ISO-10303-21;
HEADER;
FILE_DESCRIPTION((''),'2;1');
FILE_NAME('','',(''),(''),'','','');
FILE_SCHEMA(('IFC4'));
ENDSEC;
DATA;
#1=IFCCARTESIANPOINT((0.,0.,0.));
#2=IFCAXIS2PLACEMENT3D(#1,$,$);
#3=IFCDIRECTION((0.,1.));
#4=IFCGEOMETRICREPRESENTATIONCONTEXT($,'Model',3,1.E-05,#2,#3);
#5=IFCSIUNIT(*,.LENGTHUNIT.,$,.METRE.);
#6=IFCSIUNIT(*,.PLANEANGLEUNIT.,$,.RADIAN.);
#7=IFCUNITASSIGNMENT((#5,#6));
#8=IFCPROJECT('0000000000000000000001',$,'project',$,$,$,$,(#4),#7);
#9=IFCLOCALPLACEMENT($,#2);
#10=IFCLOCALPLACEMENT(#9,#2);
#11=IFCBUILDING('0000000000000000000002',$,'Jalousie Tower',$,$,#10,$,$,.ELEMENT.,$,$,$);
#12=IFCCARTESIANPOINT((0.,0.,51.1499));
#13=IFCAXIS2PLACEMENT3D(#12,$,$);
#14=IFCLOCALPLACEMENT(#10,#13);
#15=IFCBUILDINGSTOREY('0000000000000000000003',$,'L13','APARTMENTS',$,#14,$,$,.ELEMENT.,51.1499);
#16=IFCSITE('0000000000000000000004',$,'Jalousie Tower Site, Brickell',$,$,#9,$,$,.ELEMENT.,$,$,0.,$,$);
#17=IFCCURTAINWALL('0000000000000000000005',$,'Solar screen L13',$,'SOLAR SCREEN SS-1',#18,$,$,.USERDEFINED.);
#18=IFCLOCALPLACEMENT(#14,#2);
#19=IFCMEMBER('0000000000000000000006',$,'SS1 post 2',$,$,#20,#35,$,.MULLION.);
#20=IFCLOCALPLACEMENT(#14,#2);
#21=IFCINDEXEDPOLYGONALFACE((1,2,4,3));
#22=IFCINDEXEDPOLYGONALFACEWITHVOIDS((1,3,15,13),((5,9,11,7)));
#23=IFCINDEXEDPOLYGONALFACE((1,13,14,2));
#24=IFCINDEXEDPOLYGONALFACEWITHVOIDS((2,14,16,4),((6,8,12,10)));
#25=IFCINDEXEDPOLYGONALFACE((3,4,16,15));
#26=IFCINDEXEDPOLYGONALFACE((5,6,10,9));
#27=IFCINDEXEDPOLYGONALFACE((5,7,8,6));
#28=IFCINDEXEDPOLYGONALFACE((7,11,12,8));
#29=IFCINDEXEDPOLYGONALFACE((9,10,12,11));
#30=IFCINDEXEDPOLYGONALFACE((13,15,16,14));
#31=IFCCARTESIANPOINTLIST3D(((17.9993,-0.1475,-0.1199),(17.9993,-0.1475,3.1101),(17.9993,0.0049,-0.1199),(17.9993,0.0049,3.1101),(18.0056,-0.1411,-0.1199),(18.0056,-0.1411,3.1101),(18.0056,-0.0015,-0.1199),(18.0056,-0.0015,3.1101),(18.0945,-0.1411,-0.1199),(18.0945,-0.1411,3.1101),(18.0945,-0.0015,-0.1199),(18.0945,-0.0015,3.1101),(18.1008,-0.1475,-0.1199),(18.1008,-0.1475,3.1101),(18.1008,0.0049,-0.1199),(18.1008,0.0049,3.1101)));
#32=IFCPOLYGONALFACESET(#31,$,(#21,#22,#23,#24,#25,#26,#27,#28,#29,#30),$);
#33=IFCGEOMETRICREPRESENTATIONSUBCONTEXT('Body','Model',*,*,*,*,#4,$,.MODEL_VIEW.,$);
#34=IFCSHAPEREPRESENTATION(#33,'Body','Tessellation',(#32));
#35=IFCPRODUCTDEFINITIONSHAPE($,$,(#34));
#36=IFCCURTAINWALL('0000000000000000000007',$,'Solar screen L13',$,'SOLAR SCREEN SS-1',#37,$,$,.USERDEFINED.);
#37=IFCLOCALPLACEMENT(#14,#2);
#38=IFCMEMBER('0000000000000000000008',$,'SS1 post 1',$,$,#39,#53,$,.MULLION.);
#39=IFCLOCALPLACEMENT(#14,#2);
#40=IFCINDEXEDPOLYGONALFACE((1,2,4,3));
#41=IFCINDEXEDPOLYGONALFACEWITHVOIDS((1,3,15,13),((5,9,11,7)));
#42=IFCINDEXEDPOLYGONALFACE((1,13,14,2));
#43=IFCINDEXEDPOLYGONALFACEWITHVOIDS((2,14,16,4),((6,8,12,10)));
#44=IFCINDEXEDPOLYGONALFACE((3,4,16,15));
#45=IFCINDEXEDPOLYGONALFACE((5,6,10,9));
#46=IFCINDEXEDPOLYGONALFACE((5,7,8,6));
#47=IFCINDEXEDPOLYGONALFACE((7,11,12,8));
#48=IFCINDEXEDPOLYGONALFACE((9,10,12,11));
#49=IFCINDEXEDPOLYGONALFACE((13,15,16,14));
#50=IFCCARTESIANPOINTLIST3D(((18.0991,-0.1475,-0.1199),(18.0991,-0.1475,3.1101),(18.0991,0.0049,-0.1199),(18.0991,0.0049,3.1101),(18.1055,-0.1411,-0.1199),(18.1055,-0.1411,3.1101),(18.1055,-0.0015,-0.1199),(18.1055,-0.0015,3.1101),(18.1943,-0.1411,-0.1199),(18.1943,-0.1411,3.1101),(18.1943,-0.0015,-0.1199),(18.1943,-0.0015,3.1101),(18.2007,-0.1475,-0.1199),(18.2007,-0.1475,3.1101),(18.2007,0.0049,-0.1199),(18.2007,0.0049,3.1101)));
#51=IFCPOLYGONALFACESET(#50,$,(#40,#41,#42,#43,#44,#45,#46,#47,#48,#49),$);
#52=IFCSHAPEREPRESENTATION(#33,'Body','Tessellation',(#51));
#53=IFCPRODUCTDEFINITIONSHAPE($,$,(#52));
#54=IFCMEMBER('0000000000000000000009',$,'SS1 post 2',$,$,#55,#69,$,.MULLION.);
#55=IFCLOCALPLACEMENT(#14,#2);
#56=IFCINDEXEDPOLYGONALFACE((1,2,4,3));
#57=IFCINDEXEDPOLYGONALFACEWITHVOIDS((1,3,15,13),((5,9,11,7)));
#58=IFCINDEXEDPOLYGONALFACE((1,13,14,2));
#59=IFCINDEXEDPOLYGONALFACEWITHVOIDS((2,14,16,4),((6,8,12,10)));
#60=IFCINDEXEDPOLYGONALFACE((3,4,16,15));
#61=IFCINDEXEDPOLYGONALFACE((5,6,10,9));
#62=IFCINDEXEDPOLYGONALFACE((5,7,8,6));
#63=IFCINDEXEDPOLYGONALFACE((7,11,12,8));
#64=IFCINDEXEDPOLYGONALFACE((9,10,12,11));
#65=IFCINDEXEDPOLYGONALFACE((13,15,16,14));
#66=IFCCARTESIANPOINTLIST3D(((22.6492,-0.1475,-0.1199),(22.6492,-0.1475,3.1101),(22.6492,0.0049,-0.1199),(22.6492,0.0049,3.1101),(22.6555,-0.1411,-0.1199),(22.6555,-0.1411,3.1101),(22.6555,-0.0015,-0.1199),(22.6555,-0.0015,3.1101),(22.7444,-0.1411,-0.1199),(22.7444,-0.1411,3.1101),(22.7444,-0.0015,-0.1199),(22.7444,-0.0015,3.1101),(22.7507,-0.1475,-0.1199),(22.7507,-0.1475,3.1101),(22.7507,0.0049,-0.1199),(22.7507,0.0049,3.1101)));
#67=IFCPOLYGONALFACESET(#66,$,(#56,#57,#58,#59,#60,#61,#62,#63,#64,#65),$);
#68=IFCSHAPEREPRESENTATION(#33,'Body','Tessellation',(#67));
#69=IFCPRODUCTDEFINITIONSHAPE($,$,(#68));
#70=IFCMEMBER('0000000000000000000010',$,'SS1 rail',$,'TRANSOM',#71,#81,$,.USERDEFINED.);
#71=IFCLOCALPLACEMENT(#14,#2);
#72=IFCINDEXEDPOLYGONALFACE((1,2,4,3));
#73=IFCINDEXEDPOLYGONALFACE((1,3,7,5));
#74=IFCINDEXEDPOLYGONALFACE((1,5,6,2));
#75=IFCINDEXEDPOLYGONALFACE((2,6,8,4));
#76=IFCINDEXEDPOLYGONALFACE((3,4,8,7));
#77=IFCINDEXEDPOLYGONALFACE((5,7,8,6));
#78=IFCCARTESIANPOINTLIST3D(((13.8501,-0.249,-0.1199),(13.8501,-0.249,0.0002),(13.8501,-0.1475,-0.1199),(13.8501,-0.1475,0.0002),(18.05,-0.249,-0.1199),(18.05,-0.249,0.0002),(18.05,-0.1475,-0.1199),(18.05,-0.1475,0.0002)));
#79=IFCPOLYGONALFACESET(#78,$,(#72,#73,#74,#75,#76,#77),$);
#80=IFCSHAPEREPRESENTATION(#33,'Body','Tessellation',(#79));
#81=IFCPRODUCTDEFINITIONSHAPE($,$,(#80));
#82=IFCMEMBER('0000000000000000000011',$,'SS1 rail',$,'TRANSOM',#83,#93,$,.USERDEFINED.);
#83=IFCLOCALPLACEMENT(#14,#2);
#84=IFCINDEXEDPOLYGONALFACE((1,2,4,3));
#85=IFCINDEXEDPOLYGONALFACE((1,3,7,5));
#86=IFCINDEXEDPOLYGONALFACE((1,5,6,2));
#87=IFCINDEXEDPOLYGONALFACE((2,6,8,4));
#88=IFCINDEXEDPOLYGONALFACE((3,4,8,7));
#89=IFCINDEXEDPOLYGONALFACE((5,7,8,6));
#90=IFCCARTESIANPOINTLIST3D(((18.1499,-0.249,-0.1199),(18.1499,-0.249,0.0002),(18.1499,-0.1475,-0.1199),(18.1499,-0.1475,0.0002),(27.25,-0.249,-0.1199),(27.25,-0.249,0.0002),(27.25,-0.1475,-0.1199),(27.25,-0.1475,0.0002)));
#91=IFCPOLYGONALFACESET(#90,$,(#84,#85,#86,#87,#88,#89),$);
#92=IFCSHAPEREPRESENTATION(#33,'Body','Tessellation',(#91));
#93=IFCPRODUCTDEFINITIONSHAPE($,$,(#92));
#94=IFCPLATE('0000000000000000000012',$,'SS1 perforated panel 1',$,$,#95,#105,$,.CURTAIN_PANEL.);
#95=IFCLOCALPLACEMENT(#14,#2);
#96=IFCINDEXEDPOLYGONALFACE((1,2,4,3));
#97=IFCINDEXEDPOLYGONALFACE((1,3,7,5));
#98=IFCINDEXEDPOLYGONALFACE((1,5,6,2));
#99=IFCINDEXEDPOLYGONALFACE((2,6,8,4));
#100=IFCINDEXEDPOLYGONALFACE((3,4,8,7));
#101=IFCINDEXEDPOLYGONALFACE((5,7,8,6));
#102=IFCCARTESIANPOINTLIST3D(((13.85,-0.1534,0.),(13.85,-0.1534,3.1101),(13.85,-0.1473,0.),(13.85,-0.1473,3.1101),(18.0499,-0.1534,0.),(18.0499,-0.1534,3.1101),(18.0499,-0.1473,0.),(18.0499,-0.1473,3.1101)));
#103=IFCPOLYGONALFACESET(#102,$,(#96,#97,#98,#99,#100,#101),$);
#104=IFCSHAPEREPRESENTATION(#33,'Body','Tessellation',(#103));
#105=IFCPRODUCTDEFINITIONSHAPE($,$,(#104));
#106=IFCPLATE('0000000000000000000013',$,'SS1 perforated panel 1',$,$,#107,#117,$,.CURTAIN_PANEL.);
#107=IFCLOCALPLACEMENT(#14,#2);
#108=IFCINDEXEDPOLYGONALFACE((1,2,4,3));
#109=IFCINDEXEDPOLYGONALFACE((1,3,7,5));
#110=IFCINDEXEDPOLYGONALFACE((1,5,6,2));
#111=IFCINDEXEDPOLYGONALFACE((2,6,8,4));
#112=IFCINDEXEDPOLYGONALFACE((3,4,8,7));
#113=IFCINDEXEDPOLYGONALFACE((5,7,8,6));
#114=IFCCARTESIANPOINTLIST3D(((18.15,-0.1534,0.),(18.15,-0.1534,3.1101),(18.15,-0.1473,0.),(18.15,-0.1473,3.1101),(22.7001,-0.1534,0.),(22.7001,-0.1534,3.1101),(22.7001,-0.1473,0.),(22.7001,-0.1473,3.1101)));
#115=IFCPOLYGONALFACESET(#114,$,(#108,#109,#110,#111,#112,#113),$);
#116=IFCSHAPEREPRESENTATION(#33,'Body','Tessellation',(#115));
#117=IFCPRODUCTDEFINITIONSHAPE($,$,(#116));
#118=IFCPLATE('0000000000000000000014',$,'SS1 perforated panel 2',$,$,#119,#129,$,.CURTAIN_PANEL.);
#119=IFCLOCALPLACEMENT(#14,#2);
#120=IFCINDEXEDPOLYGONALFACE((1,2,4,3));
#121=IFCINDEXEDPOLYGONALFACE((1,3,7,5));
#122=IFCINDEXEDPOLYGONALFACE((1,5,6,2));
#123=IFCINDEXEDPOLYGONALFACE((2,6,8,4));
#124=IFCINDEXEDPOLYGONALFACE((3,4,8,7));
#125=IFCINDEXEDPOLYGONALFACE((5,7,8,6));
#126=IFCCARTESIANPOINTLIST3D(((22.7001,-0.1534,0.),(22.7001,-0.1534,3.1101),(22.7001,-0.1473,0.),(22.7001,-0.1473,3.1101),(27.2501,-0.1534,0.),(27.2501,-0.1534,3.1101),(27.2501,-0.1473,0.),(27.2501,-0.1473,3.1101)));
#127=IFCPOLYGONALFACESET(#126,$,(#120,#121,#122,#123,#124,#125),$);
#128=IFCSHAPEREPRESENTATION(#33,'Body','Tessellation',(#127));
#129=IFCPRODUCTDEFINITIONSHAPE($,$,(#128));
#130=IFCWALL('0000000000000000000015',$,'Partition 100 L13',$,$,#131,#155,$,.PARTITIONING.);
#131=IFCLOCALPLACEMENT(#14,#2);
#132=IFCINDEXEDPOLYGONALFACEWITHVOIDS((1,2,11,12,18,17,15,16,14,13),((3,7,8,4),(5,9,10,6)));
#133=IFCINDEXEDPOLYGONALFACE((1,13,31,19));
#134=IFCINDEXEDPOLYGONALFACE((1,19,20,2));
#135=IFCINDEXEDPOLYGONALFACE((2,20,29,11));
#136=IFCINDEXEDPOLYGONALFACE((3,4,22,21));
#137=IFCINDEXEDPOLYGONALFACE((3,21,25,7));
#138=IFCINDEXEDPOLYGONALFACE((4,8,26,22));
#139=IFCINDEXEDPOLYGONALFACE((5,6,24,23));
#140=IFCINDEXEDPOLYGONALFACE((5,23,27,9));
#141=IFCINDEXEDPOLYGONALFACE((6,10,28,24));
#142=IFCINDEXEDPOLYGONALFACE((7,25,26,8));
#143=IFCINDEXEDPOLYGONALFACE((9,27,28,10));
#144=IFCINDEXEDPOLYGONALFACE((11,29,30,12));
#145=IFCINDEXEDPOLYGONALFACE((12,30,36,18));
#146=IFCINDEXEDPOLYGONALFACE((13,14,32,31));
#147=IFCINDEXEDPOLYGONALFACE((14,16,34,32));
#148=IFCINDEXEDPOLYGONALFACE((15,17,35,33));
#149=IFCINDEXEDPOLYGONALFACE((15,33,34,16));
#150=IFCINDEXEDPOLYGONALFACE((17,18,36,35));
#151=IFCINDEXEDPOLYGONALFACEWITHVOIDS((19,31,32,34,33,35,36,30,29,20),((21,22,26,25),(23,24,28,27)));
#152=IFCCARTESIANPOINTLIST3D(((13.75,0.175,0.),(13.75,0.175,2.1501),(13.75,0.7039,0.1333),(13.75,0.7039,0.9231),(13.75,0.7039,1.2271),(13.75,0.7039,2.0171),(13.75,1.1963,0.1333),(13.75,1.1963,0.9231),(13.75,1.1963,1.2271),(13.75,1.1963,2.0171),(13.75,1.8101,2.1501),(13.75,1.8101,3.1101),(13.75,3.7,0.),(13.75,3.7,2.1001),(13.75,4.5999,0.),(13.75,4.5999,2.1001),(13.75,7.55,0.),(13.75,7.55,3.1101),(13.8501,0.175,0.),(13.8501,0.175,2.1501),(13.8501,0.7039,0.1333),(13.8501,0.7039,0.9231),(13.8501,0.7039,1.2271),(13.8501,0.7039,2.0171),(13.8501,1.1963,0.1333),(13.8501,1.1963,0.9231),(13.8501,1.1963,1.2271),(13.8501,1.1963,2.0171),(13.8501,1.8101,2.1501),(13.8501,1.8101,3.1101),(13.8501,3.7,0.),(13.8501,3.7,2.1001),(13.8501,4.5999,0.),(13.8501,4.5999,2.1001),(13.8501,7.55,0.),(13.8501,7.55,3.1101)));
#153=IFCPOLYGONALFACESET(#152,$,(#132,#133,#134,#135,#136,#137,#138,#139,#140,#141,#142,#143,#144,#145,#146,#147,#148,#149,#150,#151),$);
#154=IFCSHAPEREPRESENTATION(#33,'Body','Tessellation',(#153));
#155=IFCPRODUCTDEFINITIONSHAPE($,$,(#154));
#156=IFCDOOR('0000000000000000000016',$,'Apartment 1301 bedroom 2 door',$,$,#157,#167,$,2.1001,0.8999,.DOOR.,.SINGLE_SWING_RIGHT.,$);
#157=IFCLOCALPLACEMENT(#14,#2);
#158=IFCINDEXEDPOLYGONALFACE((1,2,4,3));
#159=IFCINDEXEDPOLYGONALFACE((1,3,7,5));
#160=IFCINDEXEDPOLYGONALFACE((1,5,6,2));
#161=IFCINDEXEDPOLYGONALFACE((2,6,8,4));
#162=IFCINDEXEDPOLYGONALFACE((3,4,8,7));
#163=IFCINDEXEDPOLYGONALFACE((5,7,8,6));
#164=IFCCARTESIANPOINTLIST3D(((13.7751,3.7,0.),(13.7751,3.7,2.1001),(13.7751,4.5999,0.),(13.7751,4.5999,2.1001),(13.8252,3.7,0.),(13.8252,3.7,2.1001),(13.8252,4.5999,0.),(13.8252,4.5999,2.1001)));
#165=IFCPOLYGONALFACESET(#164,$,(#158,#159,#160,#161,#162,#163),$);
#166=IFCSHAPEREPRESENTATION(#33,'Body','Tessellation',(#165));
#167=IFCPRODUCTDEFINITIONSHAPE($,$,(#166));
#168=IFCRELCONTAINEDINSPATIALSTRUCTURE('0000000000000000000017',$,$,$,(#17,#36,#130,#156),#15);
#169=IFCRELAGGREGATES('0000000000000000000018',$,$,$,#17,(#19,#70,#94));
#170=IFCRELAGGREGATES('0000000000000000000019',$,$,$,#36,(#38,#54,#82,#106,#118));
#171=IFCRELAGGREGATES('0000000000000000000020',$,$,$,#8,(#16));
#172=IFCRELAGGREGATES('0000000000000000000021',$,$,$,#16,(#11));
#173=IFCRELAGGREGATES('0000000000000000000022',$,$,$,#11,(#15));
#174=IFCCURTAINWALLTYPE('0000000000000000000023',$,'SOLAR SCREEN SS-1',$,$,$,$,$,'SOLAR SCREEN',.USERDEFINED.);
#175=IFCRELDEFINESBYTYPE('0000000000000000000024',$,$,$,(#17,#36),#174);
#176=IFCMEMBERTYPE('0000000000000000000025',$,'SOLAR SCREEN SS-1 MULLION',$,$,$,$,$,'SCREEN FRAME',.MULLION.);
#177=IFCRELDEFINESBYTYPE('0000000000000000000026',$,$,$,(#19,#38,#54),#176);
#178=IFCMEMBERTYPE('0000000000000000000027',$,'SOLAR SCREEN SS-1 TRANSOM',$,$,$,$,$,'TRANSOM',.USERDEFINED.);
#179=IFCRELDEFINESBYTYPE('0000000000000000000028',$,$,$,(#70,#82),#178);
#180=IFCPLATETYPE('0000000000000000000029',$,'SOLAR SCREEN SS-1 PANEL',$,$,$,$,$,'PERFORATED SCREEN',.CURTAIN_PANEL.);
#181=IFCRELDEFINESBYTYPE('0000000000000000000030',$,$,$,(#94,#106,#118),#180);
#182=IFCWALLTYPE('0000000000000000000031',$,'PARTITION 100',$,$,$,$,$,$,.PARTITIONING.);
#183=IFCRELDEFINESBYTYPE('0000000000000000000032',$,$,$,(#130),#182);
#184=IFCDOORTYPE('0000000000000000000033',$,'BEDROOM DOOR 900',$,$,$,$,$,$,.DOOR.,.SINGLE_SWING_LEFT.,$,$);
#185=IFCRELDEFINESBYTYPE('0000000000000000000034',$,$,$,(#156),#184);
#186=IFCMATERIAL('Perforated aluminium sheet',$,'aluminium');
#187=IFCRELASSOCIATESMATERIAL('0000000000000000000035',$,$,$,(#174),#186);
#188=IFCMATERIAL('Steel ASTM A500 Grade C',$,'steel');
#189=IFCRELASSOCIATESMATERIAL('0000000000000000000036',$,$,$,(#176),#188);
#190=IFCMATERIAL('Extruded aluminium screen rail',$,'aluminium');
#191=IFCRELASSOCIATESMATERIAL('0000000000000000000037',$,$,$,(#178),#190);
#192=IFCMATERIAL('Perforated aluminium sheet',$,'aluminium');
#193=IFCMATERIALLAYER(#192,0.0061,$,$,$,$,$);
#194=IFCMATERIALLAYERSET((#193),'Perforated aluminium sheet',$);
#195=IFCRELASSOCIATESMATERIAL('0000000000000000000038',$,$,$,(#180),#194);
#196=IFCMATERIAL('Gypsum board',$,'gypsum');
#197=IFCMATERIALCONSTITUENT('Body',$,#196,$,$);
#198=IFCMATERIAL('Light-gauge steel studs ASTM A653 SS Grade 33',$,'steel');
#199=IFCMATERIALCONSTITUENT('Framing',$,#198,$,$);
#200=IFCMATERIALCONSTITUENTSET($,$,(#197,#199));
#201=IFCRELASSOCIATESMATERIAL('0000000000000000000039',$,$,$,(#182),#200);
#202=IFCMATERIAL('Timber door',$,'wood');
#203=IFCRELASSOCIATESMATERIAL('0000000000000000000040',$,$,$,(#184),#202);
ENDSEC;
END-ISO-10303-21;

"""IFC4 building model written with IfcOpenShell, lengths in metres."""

from ifc_helpers import new_model, si_unit, direction, frame, frame_2d, origin, origin_2d, place, context, subcontext, project, spatial, polyline, rectangle, hollow_rectangle, outline, extrude, material, layer, layer_set, constituent, constituent_set, material_profile, profile_set, type_object, element, fill, aggregate, save


model = new_model("IFC4")

# Units and contexts
model_context = context("Model", 3, precision=1e-05, world=origin(), true_north=direction((0.0, 1.0)))
body_context = subcontext(model_context, "Body", "Model", "MODEL_VIEW")
ifc_project = project(units=[si_unit("LENGTHUNIT", "METRE"), si_unit("PLANEANGLEUNIT", "RADIAN")], contexts=[model_context])

# Site, building, storey
site_placement = place(None, origin())
site = spatial("IfcSite", under=ifc_project, at=site_placement, Name="Jalousie Tower Site, Brickell", CompositionType="ELEMENT", RefElevation=0.0)
building_placement = place(site_placement, origin())
building = spatial("IfcBuilding", under=site, at=building_placement, Name="Jalousie Tower", CompositionType="ELEMENT")
storey_placement = place(building_placement, frame((0.0, 0.0, 51.1499)))
storey = spatial("IfcBuildingStorey", under=building, at=storey_placement, Name="L13", Description="APARTMENTS", CompositionType="ELEMENT", Elevation=51.1499)

# Shared definitions
ifc_material_1 = material(Name="Perforated aluminium sheet", Category="aluminium")
curtain_wall_type = type_object("IfcCurtainWallType", Name="SOLAR SCREEN SS-1", ElementType="SOLAR SCREEN", PredefinedType="USERDEFINED", material=ifc_material_1)
ifc_material_2 = material(Name="Steel ASTM A500 Grade C", Category="steel")
ifc_material_profile_1 = material_profile(ifc_material_2, hollow_rectangle(XDim=0.1016, YDim=0.1523, WallThickness=0.0063, at=origin_2d()), Name="HSS6X4X1/4")
ifc_profile_set_1 = profile_set([ifc_material_profile_1], Name="Steel ASTM A500 Grade C")
member_type_1 = type_object("IfcMemberType", Name="SOLAR SCREEN SS-1 MULLION", ElementType="SCREEN FRAME", PredefinedType="MULLION", material=ifc_profile_set_1)

# Curtain walls, members
curtain_wall_1_placement = place(storey_placement, origin())
curtain_wall_1 = element("IfcCurtainWall", 1, at=curtain_wall_1_placement, inside=storey, type_object=curtain_wall_type, Name="Solar screen L13", ObjectType="SOLAR SCREEN SS-1", PredefinedType="USERDEFINED")
member_1_placement = place(storey_placement, frame((18.05, -0.0713, -0.1199), z_axis=(0.0, 0.0, 1.0), x_axis=(1.0, 0.0, 0.0)))
member_1 = element("IfcMember", 2, at=member_1_placement, type_object=member_type_1, Name="SS1 post 2", PredefinedType="MULLION", context=body_context, shape_type="SweptSolid", body=[
    extrude(hollow_rectangle(XDim=0.1016, YDim=0.1523, WallThickness=0.0063, at=origin_2d()), origin(), (0.0, 0.0, 1.0), 3.23),
])
curtain_wall_2_placement = place(storey_placement, origin())
curtain_wall_2 = element("IfcCurtainWall", 3, at=curtain_wall_2_placement, inside=storey, type_object=curtain_wall_type, Name="Solar screen L13", ObjectType="SOLAR SCREEN SS-1", PredefinedType="USERDEFINED")
member_2_placement = place(storey_placement, frame((18.1499, -0.0713, -0.1199), z_axis=(0.0, 0.0, 1.0), x_axis=(1.0, 0.0, 0.0)))
member_2 = element("IfcMember", 4, at=member_2_placement, type_object=member_type_1, Name="SS1 post 1", PredefinedType="MULLION", context=body_context, shape_type="SweptSolid", body=[
    extrude(hollow_rectangle(XDim=0.1016, YDim=0.1523, WallThickness=0.0063, at=origin_2d()), origin(), (0.0, 0.0, 1.0), 3.23),
])
member_3_placement = place(storey_placement, frame((22.7, -0.0713, -0.1199), z_axis=(0.0, 0.0, 1.0), x_axis=(1.0, 0.0, 0.0)))
member_3 = element("IfcMember", 5, at=member_3_placement, type_object=member_type_1, Name="SS1 post 2", PredefinedType="MULLION", context=body_context, shape_type="SweptSolid", body=[
    extrude(hollow_rectangle(XDim=0.1016, YDim=0.1523, WallThickness=0.0063, at=origin_2d()), origin(), (0.0, 0.0, 1.0), 3.23),
])

# Members
ifc_material_3 = material(Name="Extruded aluminium screen rail", Category="aluminium")
ifc_material_profile_2 = material_profile(ifc_material_3, rectangle(XDim=0.1016, YDim=0.1201, at=origin_2d()), Name="RAIL 102x120")
ifc_profile_set_2 = profile_set([ifc_material_profile_2], Name="Extruded aluminium screen rail")
member_type_2 = type_object("IfcMemberType", Name="SOLAR SCREEN SS-1 TRANSOM", ElementType="TRANSOM", PredefinedType="USERDEFINED", material=ifc_profile_set_2)
member_4_placement = place(storey_placement, frame((13.8501, -0.1982, -0.0598), z_axis=(1.0, 0.0, 0.0), x_axis=(0.0, 1.0, 0.0)))
member_4 = element("IfcMember", 6, at=member_4_placement, type_object=member_type_2, Name="SS1 rail", ObjectType="TRANSOM", PredefinedType="USERDEFINED", context=body_context, shape_type="SweptSolid", body=[
    extrude(rectangle(XDim=0.1016, YDim=0.1201, at=origin_2d()), origin(), (0.0, 0.0, 1.0), 4.2),
])
member_5_placement = place(storey_placement, frame((18.1499, -0.1982, -0.0598), z_axis=(1.0, 0.0, 0.0), x_axis=(0.0, 1.0, 0.0)))
member_5 = element("IfcMember", 7, at=member_5_placement, type_object=member_type_2, Name="SS1 rail", ObjectType="TRANSOM", PredefinedType="USERDEFINED", context=body_context, shape_type="SweptSolid", body=[
    extrude(rectangle(XDim=0.1016, YDim=0.1201, at=origin_2d()), origin(), (0.0, 0.0, 1.0), 9.1001),
])

# Plates
ifc_material_4 = material(Name="Perforated aluminium sheet", Category="aluminium")
ifc_layer_1 = layer(ifc_material_4, 0.0061)
ifc_layer_set_1 = layer_set([ifc_layer_1], Name="Perforated aluminium sheet")
plate_type = type_object("IfcPlateType", Name="SOLAR SCREEN SS-1 PANEL", ElementType="PERFORATED SCREEN", PredefinedType="CURTAIN_PANEL", material=ifc_layer_set_1)
plate_1_placement = place(storey_placement, frame((15.95, -0.1504, 0.0), z_axis=(0.0, 0.0, 1.0), x_axis=(1.0, 0.0, 0.0)))
plate_1 = element("IfcPlate", 8, at=plate_1_placement, type_object=plate_type, Name="SS1 perforated panel 1", PredefinedType="CURTAIN_PANEL", context=body_context, shape_type="SweptSolid", body=[
    extrude(rectangle(XDim=4.2, YDim=0.0061, at=origin_2d()), origin(), (0.0, 0.0, 1.0), 3.1101),
])
aggregate(curtain_wall_1, [member_1, member_4, plate_1])
plate_2_placement = place(storey_placement, frame((20.425, -0.1504, 0.0), z_axis=(0.0, 0.0, 1.0), x_axis=(1.0, 0.0, 0.0)))
plate_2 = element("IfcPlate", 9, at=plate_2_placement, type_object=plate_type, Name="SS1 perforated panel 1", PredefinedType="CURTAIN_PANEL", context=body_context, shape_type="SweptSolid", body=[
    extrude(rectangle(XDim=4.55, YDim=0.0061, at=origin_2d()), origin(), (0.0, 0.0, 1.0), 3.1101),
])
plate_3_placement = place(storey_placement, frame((24.9751, -0.1504, 0.0), z_axis=(0.0, 0.0, 1.0), x_axis=(1.0, 0.0, 0.0)))
plate_3 = element("IfcPlate", 10, at=plate_3_placement, type_object=plate_type, Name="SS1 perforated panel 2", PredefinedType="CURTAIN_PANEL", context=body_context, shape_type="SweptSolid", body=[
    extrude(rectangle(XDim=4.55, YDim=0.0061, at=origin_2d()), origin(), (0.0, 0.0, 1.0), 3.1101),
])
aggregate(curtain_wall_2, [member_2, member_3, member_5, plate_2, plate_3])

# Wall, opening, door
ifc_material_5 = material(Name="Gypsum board", Category="gypsum")
ifc_constituent_1 = constituent(ifc_material_5, Name="Body")
ifc_material_6 = material(Name="Light-gauge steel studs ASTM A653 SS Grade 33", Category="steel")
ifc_constituent_2 = constituent(ifc_material_6, Name="Framing")
ifc_constituent_set = constituent_set(constituents=[ifc_constituent_1, ifc_constituent_2])
wall_type_1 = type_object("IfcWallType", Name="PARTITION 100", PredefinedType="PARTITIONING", material=ifc_constituent_set)
wall_1_placement = place(storey_placement, frame((13.8, 0.175, 0.0), z_axis=(0.0, 0.0, 1.0), x_axis=(0.0, 1.0, 0.0)))
wall_1 = element("IfcWall", 11, at=wall_1_placement, inside=storey, type_object=wall_type_1, Name="Partition 100 L13", PredefinedType="PARTITIONING", context=body_context, shape_type="SweptSolid", body=[
    extrude(outline(polyline([(1.635, 2.1501), (0.0, 2.1501), (0.0, 0.0), (7.375, 0.0), (7.375, 3.1101), (1.635, 3.1101), (1.635, 2.1501)]), holes=[polyline([(1.0212, 0.1333), (0.5288, 0.1333), (0.5288, 0.9231), (1.0212, 0.9231), (1.0212, 0.1333)]), polyline([(1.0212, 1.2271), (0.5288, 1.2271), (0.5288, 2.0171), (1.0212, 2.0171), (1.0212, 1.2271)])]), frame((0.0, 0.05, 0.0), z_axis=(0.0, -1.0, 0.0), x_axis=(1.0, 0.0, 0.0)), (0.0, 0.0, 1.0), 0.1001),
])
opening_1_placement = place(wall_1_placement, frame((3.5249, 0.0, 0.0)))
opening_1 = element("IfcOpeningElement", 12, at=opening_1_placement, cuts=wall_1, PredefinedType="OPENING", context=body_context, shape_type="SweptSolid", body=[
    extrude(rectangle(XDim=0.8999, YDim=2.1001, at=frame_2d((0.45, 1.05))), frame((0.0, 0.0601, 0.0), z_axis=(0.0, -1.0, 0.0), x_axis=(1.0, 0.0, 0.0)), (0.0, 0.0, 1.0), 0.1201),
])
ifc_material_7 = material(Name="Timber door", Category="wood")
door_type_1 = type_object("IfcDoorType", Name="BEDROOM DOOR 900", OperationType="SINGLE_SWING_LEFT", PredefinedType="DOOR", material=ifc_material_7)
door_1_placement = place(opening_1_placement, origin())
door_1 = element("IfcDoor", 13, at=door_1_placement, inside=storey, type_object=door_type_1, Name="Apartment 1301 bedroom 2 door", OperationType="SINGLE_SWING_RIGHT", OverallHeight=2.1001, OverallWidth=0.8999, PredefinedType="DOOR", context=body_context, shape_type="SweptSolid", body=[
    extrude(rectangle(XDim=0.8999, YDim=2.1001, at=frame_2d((0.45, 1.05))), frame((0.0, 0.0249, 0.0), z_axis=(0.0, -1.0, 0.0), x_axis=(1.0, 0.0, 0.0)), (0.0, 0.0, 1.0), 0.05),
])
fill(opening_1, door_1)

save(model, "model.ifc")
